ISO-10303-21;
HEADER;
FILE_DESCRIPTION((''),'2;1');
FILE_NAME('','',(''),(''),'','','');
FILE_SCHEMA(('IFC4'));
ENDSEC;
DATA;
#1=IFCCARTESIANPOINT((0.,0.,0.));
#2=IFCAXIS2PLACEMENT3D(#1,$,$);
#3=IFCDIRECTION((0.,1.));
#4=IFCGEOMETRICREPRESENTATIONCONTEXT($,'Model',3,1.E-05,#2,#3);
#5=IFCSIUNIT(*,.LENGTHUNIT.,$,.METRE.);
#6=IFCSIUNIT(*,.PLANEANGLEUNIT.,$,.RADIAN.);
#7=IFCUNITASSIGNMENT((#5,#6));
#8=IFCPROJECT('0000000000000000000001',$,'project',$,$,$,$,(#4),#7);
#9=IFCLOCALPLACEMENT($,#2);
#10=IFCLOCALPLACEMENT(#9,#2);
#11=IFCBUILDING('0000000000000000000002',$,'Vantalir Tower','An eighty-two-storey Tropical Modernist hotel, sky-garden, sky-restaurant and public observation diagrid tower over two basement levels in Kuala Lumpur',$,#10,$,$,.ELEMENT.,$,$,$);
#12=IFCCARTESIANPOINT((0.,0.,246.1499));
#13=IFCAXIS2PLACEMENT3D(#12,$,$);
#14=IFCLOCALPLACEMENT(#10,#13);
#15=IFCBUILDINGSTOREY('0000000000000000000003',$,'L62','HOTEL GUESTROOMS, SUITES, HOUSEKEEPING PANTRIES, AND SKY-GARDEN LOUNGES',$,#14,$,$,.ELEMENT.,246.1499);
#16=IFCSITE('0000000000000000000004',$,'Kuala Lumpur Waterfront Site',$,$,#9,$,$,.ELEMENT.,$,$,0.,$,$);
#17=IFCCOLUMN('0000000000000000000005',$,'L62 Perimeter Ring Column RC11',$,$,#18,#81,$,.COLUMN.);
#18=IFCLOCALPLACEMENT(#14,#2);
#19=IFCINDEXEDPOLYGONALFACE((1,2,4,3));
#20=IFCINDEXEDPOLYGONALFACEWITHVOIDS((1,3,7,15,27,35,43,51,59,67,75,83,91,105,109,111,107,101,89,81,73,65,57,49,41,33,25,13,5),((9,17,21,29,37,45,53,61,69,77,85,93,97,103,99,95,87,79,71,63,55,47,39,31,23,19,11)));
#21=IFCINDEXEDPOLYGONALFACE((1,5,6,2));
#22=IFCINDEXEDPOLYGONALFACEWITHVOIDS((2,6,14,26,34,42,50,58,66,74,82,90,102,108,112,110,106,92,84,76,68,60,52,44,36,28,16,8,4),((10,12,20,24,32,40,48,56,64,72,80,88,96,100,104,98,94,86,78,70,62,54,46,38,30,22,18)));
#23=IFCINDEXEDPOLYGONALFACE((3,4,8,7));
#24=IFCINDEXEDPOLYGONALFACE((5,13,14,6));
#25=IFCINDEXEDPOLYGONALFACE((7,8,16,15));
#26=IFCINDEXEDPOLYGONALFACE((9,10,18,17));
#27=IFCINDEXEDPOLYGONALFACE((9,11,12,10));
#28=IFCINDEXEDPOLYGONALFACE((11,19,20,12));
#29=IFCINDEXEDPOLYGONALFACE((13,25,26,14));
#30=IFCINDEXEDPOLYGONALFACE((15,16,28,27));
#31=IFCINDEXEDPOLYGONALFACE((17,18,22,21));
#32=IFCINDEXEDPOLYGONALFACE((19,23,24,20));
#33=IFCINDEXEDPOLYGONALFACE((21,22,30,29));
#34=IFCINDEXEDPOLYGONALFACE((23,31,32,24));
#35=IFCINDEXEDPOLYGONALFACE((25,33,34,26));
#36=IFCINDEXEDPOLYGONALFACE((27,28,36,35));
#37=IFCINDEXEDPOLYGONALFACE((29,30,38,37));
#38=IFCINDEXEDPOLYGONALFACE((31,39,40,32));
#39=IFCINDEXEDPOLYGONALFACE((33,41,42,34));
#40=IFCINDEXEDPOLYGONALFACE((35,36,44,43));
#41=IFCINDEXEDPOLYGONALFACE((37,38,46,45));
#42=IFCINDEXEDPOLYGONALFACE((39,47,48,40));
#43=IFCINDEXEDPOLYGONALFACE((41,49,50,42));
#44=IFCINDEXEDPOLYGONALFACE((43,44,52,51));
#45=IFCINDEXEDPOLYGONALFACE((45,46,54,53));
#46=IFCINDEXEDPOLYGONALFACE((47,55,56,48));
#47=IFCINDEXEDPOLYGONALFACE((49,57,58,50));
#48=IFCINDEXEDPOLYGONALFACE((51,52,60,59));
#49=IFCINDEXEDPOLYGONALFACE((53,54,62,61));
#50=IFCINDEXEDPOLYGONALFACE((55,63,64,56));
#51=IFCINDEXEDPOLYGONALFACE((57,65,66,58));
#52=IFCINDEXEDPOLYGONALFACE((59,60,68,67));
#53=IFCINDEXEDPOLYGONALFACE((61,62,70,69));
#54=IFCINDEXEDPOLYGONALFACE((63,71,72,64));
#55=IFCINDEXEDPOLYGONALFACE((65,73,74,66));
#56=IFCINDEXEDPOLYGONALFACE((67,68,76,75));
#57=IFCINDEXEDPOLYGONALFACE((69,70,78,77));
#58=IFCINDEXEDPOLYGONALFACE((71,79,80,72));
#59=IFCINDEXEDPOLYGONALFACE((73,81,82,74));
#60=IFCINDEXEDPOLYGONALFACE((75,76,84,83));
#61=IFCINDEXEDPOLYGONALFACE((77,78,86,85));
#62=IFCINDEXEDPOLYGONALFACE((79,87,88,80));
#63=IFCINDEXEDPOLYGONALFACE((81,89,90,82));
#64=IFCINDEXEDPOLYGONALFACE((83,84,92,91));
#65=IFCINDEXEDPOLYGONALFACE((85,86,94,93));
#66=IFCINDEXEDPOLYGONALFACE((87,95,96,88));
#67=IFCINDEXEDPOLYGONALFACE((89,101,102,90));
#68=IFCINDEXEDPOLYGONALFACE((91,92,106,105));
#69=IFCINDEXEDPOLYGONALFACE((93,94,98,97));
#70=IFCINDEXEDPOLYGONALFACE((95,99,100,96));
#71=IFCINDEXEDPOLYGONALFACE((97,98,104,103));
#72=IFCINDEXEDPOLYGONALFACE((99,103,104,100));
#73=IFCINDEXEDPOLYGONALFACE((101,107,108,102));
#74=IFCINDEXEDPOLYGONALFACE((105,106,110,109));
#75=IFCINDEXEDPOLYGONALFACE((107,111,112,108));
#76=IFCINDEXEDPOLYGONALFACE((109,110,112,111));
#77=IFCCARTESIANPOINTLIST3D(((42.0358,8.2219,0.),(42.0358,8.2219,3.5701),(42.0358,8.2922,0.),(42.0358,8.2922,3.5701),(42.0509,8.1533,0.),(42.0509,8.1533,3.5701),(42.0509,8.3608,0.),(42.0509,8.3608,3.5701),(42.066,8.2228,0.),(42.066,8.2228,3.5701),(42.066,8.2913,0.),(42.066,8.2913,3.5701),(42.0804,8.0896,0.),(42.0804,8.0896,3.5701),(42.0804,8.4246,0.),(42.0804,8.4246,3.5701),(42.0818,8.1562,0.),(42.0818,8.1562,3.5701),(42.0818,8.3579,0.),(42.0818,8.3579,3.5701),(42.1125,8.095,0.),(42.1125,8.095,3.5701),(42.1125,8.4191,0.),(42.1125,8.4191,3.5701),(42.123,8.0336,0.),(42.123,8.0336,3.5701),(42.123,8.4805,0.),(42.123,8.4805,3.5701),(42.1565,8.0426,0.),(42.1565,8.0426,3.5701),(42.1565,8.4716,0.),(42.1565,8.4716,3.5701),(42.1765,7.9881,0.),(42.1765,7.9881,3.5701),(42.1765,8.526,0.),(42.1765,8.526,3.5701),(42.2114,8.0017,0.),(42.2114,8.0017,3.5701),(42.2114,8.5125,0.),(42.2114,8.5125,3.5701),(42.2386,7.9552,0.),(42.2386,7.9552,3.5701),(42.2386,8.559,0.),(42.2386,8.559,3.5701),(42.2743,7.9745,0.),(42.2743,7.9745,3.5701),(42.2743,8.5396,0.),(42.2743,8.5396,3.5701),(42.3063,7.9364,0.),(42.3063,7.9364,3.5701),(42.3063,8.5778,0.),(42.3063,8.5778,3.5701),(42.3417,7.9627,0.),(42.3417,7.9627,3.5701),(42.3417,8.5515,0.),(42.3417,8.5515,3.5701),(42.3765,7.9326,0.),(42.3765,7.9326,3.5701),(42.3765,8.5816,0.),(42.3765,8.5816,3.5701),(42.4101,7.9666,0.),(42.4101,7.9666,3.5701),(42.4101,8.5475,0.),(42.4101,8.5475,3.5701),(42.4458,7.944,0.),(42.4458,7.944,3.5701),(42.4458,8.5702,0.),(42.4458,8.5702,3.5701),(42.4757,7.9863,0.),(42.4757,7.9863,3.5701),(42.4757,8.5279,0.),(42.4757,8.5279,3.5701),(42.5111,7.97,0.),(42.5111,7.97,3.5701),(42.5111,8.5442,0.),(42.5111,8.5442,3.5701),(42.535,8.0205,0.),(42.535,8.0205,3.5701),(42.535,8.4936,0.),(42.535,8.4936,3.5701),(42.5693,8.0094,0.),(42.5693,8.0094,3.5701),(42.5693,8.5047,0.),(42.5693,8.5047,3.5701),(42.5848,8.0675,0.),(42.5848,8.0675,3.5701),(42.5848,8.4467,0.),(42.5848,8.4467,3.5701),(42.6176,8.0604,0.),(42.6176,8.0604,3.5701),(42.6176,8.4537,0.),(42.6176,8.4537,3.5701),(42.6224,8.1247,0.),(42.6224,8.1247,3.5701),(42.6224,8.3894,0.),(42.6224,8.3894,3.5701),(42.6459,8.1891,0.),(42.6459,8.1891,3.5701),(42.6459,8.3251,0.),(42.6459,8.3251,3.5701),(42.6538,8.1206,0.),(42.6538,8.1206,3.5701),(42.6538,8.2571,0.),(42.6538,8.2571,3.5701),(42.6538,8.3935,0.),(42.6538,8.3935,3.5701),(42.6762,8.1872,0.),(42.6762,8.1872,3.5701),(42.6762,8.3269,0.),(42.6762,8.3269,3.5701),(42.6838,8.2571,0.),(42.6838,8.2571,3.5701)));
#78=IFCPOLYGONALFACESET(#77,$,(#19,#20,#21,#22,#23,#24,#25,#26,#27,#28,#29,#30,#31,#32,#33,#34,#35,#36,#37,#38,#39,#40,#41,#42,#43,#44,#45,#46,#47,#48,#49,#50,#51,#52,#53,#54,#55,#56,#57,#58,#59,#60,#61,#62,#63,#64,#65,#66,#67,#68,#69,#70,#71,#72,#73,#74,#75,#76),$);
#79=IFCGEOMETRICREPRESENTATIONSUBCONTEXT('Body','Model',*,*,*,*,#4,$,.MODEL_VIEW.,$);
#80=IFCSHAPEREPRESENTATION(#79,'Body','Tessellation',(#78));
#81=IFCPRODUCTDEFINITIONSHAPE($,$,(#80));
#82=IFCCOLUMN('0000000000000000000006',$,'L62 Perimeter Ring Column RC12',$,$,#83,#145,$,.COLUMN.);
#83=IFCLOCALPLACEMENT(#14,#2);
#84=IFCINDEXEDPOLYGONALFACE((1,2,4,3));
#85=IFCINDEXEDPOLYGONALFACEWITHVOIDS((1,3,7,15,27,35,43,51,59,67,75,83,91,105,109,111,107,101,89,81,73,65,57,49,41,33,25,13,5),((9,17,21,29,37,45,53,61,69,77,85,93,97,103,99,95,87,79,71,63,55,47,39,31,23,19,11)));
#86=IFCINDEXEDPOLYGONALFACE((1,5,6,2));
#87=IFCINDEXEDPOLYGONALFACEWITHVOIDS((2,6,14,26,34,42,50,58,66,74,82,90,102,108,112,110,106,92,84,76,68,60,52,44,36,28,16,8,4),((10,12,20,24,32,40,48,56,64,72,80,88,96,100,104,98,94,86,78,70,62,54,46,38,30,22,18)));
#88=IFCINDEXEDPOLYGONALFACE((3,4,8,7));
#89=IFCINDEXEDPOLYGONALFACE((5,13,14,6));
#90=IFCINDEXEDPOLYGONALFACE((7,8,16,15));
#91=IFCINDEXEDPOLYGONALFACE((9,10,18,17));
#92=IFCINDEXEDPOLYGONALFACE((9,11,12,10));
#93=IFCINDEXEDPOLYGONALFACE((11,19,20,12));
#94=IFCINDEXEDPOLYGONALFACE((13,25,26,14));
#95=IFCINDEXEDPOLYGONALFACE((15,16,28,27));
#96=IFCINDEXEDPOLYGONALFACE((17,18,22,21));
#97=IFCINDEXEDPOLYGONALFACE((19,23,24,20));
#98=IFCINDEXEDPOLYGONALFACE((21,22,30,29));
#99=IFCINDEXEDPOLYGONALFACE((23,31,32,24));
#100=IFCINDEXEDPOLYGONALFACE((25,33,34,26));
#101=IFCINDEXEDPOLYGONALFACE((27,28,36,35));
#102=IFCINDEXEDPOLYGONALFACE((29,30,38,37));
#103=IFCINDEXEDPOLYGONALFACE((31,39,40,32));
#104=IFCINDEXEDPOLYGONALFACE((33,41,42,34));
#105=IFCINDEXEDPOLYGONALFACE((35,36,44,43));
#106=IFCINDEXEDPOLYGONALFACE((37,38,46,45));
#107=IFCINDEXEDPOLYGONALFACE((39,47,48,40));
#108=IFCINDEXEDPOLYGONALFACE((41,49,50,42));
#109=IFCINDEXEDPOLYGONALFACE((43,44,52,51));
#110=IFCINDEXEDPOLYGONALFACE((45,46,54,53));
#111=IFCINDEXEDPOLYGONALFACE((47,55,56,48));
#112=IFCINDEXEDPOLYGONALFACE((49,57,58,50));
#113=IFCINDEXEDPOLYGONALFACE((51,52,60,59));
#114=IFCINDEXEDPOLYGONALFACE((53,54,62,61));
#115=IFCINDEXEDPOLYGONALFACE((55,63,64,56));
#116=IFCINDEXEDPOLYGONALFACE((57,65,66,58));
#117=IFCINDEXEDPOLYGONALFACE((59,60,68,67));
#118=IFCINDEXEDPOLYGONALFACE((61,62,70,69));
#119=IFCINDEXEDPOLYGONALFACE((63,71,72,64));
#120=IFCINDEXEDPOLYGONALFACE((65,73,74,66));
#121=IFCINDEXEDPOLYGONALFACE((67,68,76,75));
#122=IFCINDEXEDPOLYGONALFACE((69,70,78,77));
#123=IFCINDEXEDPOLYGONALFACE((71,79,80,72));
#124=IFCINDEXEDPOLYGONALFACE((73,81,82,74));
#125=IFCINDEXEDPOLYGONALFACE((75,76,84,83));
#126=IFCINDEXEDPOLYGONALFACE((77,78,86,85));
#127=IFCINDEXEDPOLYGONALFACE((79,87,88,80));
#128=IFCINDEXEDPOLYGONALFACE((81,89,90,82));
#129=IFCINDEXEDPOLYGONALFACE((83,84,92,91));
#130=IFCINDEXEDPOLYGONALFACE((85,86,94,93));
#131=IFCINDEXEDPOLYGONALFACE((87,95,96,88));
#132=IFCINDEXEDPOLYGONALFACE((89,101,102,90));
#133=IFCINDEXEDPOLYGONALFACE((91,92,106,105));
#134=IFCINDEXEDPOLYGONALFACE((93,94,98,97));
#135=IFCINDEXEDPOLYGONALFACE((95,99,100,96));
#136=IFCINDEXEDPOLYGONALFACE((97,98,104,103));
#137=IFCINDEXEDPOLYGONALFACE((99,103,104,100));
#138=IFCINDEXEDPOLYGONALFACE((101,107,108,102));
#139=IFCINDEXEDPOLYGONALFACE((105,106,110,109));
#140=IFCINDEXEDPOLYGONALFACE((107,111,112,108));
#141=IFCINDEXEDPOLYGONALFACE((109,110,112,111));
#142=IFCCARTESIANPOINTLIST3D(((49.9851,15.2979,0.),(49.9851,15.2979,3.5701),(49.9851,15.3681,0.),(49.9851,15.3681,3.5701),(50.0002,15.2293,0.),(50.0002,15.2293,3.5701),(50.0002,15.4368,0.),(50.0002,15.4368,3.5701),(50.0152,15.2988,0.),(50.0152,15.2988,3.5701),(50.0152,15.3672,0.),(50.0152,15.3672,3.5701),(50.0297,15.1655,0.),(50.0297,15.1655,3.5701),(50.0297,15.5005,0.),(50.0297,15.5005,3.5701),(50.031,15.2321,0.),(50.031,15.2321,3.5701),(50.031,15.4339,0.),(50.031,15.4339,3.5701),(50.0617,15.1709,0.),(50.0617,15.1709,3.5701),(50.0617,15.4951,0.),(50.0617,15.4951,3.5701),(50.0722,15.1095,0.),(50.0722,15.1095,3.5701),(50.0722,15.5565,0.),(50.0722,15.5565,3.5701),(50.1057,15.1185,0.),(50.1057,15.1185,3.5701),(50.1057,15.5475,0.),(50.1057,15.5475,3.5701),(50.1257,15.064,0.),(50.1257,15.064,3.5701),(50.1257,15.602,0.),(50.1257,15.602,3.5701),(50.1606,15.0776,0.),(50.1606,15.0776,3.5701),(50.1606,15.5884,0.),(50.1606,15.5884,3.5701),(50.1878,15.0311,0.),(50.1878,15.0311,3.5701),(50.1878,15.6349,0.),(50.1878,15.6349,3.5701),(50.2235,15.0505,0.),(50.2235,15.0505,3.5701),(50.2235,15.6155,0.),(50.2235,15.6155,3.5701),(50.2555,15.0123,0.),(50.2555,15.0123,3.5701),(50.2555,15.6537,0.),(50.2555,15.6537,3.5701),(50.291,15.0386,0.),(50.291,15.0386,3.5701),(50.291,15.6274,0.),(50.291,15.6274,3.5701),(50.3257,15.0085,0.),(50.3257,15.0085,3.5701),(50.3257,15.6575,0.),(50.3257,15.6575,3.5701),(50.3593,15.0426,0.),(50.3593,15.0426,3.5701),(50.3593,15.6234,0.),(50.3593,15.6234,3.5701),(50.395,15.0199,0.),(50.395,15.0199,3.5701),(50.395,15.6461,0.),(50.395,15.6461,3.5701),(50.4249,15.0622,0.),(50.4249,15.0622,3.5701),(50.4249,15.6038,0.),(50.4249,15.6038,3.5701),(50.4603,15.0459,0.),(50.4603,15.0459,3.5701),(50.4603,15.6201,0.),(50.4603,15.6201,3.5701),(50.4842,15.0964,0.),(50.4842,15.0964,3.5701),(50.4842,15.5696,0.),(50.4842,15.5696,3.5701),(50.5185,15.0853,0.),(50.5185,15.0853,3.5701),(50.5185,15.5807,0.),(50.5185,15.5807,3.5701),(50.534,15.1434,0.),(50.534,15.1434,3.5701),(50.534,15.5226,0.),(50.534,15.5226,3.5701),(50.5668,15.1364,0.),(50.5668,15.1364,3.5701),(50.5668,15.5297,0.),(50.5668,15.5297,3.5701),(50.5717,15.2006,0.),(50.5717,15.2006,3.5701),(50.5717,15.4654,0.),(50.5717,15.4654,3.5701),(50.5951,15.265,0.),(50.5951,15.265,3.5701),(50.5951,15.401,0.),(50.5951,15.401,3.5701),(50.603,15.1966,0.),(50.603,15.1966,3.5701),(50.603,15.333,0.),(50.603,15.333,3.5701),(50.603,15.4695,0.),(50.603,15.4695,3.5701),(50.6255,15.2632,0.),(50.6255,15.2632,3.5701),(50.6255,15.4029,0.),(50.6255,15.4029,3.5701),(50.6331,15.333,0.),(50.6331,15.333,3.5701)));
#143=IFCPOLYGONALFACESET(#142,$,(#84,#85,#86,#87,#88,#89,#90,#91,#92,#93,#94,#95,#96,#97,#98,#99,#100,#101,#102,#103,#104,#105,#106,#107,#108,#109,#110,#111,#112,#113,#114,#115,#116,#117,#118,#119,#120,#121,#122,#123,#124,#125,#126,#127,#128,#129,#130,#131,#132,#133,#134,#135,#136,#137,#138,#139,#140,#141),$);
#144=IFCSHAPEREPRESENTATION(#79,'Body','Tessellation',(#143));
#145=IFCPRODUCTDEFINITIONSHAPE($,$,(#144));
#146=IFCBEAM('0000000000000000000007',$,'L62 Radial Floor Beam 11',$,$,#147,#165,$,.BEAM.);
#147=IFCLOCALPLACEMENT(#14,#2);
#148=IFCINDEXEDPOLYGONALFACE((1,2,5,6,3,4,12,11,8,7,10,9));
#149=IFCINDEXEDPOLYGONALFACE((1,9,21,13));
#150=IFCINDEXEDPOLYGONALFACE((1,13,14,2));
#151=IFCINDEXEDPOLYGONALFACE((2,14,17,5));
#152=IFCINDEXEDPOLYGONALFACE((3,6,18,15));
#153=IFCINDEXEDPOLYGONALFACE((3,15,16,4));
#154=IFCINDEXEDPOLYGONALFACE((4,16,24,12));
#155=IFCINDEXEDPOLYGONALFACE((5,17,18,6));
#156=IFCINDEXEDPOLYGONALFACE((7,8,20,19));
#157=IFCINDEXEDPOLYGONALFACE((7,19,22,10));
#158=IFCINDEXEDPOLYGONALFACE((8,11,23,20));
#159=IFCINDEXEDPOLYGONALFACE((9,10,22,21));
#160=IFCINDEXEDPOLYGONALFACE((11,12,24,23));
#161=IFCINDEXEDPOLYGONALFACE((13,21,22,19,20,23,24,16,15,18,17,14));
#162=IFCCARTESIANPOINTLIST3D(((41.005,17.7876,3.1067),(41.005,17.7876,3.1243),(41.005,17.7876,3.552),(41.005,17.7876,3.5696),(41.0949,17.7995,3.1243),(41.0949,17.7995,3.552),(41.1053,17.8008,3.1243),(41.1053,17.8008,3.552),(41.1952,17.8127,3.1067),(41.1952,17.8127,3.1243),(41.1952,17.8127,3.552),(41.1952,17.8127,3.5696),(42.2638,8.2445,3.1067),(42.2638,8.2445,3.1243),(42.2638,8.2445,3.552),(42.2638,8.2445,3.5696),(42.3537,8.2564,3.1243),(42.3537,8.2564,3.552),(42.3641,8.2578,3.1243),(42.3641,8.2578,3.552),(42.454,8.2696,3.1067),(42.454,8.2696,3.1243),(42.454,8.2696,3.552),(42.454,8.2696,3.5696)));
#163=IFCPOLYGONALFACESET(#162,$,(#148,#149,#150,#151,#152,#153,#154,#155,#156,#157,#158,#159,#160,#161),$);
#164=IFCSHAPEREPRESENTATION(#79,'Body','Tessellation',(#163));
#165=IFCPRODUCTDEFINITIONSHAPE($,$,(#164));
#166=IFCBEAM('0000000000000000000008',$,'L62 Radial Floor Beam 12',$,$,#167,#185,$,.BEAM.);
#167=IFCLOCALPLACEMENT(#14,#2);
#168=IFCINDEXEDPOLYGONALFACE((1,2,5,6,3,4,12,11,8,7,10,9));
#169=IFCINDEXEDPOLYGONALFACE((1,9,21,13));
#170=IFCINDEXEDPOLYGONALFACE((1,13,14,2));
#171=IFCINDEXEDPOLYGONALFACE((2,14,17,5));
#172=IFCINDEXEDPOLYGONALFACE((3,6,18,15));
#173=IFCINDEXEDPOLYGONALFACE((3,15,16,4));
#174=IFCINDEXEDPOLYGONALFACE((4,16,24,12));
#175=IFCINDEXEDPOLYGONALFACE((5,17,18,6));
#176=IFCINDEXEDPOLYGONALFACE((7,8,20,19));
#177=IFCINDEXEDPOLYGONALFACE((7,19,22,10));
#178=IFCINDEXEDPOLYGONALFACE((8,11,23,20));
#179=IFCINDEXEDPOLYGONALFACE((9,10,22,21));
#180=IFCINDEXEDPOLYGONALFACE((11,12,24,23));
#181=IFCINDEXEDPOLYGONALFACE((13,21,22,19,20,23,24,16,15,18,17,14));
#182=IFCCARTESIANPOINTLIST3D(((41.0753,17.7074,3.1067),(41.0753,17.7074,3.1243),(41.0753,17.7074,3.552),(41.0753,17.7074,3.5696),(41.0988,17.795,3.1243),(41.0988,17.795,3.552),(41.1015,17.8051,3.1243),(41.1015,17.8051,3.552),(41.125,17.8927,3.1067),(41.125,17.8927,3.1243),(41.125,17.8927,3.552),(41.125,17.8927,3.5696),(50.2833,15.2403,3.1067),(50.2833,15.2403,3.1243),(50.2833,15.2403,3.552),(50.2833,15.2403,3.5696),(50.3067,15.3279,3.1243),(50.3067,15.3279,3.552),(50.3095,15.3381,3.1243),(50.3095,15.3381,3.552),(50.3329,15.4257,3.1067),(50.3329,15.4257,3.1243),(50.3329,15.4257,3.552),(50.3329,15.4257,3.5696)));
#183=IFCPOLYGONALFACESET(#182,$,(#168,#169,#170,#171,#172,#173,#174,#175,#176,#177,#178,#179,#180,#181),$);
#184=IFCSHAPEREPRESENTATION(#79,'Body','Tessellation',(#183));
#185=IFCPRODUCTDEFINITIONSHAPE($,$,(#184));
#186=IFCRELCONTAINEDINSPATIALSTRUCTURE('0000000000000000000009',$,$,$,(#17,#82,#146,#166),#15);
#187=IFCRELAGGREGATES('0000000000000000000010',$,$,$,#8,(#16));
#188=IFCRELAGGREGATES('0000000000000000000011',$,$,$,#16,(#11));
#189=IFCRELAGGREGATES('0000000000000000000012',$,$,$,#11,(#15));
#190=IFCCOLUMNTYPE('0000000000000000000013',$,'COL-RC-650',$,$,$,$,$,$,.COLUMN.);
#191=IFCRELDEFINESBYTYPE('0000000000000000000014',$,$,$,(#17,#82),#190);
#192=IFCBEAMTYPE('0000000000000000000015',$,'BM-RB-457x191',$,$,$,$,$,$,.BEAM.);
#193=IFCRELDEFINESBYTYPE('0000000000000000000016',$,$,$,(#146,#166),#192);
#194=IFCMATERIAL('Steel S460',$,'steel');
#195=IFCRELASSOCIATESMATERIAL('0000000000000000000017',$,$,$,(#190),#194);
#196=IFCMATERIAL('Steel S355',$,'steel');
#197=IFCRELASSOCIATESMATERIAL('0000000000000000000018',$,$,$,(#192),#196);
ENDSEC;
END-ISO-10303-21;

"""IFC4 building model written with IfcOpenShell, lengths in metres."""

from ifc_helpers import new_model, si_unit, direction, frame, origin, origin_2d, place, context, subcontext, project, spatial, hollow_circle, i_section, extrude, material, material_profile, profile_set, type_object, element, save


model = new_model("IFC4")

# Units and contexts
model_context = context("Model", 3, precision=1e-05, world=origin(), true_north=direction((0.0, 1.0)))
body_context = subcontext(model_context, "Body", "Model", "MODEL_VIEW")
ifc_project = project(units=[si_unit("LENGTHUNIT", "METRE"), si_unit("PLANEANGLEUNIT", "RADIAN")], contexts=[model_context])

# Site, building, storey
site_placement = place(None, origin())
site = spatial("IfcSite", under=ifc_project, at=site_placement, Name="Kuala Lumpur Waterfront Site", CompositionType="ELEMENT", RefElevation=0.0)
building_placement = place(site_placement, origin())
building = spatial("IfcBuilding", under=site, at=building_placement, Name="Vantalir Tower", Description="An eighty-two-storey Tropical Modernist hotel, sky-garden, sky-restaurant and public observation diagrid tower over two basement levels in Kuala Lumpur", CompositionType="ELEMENT")
storey_placement = place(building_placement, frame((0.0, 0.0, 246.1499)))
storey = spatial("IfcBuildingStorey", under=building, at=storey_placement, Name="L62", Description="HOTEL GUESTROOMS, SUITES, HOUSEKEEPING PANTRIES, AND SKY-GARDEN LOUNGES", CompositionType="ELEMENT", Elevation=246.1499)

# Columns
ifc_material_1 = material(Name="Steel S460", Category="steel")
ifc_material_profile_1 = material_profile(ifc_material_1, hollow_circle(Radius=0.325, WallThickness=0.03, at=origin_2d()), Name="Steel S460")
ifc_profile_set_1 = profile_set([ifc_material_profile_1], Name="Steel S460")
column_type = type_object("IfcColumnType", Name="COL-RC-650", PredefinedType="COLUMN", material=ifc_profile_set_1)
for number, where, z_axis, x_axis, name in (
    (1, (42.3589, 8.2571, 0.0), (0.0, 0.0, 1.0), (1.0, 0.0, 0.0), "L62 Perimeter Ring Column RC11"),
    (2, (50.3081, 15.333, 0.0), (0.0, 0.0, 1.0), (1.0, 0.0, 0.0), "L62 Perimeter Ring Column RC12"),
):
    element("IfcColumn", number, at=place(storey_placement, frame(where, z_axis=z_axis, x_axis=x_axis)), inside=storey, type_object=column_type, Name=name, PredefinedType="COLUMN", context=body_context, shape_type="SweptSolid", body=[
        extrude(hollow_circle(Radius=0.325, WallThickness=0.03, at=origin_2d()), origin(), (0.0, 0.0, 1.0), 3.5701),
    ])

# Beams
ifc_material_2 = material(Name="Steel S355", Category="steel")
ifc_material_profile_2 = material_profile(ifc_material_2, i_section(OverallWidth=0.1919, OverallDepth=0.4629, WebThickness=0.0105, FlangeThickness=0.0176, at=origin_2d()), Name="Steel S355")
ifc_profile_set_2 = profile_set([ifc_material_profile_2], Name="Steel S355")
beam_type_1 = type_object("IfcBeamType", Name="BM-RB-457x191", PredefinedType="BEAM", material=ifc_profile_set_2)
beam_1_placement = place(storey_placement, frame((42.3589, 8.2571, 3.3381), z_axis=(-0.130775, 0.991412, 0.0), x_axis=(-0.991412, -0.130775, 0.0)))
element("IfcBeam", 3, at=beam_1_placement, inside=storey, type_object=beam_type_1, Name="L62 Radial Floor Beam 11", PredefinedType="BEAM", context=body_context, shape_type="SweptSolid", body=[
    extrude(i_section(OverallWidth=0.1919, OverallDepth=0.4629, WebThickness=0.0105, FlangeThickness=0.0176, at=origin_2d()), origin(), (0.0, 0.0, 1.0), 9.6257),
])
beam_2_placement = place(storey_placement, frame((50.3081, 15.333, 3.3381), z_axis=(-0.965932, 0.258796, 0.0), x_axis=(-0.258796, -0.965932, 0.0)))
element("IfcBeam", 4, at=beam_2_placement, inside=storey, type_object=beam_type_1, Name="L62 Radial Floor Beam 12", PredefinedType="BEAM", context=body_context, shape_type="SweptSolid", body=[
    extrude(i_section(OverallWidth=0.1919, OverallDepth=0.4629, WebThickness=0.0105, FlangeThickness=0.0176, at=origin_2d()), origin(), (0.0, 0.0, 1.0), 9.5327),
])

save(model, "model.ifc")
